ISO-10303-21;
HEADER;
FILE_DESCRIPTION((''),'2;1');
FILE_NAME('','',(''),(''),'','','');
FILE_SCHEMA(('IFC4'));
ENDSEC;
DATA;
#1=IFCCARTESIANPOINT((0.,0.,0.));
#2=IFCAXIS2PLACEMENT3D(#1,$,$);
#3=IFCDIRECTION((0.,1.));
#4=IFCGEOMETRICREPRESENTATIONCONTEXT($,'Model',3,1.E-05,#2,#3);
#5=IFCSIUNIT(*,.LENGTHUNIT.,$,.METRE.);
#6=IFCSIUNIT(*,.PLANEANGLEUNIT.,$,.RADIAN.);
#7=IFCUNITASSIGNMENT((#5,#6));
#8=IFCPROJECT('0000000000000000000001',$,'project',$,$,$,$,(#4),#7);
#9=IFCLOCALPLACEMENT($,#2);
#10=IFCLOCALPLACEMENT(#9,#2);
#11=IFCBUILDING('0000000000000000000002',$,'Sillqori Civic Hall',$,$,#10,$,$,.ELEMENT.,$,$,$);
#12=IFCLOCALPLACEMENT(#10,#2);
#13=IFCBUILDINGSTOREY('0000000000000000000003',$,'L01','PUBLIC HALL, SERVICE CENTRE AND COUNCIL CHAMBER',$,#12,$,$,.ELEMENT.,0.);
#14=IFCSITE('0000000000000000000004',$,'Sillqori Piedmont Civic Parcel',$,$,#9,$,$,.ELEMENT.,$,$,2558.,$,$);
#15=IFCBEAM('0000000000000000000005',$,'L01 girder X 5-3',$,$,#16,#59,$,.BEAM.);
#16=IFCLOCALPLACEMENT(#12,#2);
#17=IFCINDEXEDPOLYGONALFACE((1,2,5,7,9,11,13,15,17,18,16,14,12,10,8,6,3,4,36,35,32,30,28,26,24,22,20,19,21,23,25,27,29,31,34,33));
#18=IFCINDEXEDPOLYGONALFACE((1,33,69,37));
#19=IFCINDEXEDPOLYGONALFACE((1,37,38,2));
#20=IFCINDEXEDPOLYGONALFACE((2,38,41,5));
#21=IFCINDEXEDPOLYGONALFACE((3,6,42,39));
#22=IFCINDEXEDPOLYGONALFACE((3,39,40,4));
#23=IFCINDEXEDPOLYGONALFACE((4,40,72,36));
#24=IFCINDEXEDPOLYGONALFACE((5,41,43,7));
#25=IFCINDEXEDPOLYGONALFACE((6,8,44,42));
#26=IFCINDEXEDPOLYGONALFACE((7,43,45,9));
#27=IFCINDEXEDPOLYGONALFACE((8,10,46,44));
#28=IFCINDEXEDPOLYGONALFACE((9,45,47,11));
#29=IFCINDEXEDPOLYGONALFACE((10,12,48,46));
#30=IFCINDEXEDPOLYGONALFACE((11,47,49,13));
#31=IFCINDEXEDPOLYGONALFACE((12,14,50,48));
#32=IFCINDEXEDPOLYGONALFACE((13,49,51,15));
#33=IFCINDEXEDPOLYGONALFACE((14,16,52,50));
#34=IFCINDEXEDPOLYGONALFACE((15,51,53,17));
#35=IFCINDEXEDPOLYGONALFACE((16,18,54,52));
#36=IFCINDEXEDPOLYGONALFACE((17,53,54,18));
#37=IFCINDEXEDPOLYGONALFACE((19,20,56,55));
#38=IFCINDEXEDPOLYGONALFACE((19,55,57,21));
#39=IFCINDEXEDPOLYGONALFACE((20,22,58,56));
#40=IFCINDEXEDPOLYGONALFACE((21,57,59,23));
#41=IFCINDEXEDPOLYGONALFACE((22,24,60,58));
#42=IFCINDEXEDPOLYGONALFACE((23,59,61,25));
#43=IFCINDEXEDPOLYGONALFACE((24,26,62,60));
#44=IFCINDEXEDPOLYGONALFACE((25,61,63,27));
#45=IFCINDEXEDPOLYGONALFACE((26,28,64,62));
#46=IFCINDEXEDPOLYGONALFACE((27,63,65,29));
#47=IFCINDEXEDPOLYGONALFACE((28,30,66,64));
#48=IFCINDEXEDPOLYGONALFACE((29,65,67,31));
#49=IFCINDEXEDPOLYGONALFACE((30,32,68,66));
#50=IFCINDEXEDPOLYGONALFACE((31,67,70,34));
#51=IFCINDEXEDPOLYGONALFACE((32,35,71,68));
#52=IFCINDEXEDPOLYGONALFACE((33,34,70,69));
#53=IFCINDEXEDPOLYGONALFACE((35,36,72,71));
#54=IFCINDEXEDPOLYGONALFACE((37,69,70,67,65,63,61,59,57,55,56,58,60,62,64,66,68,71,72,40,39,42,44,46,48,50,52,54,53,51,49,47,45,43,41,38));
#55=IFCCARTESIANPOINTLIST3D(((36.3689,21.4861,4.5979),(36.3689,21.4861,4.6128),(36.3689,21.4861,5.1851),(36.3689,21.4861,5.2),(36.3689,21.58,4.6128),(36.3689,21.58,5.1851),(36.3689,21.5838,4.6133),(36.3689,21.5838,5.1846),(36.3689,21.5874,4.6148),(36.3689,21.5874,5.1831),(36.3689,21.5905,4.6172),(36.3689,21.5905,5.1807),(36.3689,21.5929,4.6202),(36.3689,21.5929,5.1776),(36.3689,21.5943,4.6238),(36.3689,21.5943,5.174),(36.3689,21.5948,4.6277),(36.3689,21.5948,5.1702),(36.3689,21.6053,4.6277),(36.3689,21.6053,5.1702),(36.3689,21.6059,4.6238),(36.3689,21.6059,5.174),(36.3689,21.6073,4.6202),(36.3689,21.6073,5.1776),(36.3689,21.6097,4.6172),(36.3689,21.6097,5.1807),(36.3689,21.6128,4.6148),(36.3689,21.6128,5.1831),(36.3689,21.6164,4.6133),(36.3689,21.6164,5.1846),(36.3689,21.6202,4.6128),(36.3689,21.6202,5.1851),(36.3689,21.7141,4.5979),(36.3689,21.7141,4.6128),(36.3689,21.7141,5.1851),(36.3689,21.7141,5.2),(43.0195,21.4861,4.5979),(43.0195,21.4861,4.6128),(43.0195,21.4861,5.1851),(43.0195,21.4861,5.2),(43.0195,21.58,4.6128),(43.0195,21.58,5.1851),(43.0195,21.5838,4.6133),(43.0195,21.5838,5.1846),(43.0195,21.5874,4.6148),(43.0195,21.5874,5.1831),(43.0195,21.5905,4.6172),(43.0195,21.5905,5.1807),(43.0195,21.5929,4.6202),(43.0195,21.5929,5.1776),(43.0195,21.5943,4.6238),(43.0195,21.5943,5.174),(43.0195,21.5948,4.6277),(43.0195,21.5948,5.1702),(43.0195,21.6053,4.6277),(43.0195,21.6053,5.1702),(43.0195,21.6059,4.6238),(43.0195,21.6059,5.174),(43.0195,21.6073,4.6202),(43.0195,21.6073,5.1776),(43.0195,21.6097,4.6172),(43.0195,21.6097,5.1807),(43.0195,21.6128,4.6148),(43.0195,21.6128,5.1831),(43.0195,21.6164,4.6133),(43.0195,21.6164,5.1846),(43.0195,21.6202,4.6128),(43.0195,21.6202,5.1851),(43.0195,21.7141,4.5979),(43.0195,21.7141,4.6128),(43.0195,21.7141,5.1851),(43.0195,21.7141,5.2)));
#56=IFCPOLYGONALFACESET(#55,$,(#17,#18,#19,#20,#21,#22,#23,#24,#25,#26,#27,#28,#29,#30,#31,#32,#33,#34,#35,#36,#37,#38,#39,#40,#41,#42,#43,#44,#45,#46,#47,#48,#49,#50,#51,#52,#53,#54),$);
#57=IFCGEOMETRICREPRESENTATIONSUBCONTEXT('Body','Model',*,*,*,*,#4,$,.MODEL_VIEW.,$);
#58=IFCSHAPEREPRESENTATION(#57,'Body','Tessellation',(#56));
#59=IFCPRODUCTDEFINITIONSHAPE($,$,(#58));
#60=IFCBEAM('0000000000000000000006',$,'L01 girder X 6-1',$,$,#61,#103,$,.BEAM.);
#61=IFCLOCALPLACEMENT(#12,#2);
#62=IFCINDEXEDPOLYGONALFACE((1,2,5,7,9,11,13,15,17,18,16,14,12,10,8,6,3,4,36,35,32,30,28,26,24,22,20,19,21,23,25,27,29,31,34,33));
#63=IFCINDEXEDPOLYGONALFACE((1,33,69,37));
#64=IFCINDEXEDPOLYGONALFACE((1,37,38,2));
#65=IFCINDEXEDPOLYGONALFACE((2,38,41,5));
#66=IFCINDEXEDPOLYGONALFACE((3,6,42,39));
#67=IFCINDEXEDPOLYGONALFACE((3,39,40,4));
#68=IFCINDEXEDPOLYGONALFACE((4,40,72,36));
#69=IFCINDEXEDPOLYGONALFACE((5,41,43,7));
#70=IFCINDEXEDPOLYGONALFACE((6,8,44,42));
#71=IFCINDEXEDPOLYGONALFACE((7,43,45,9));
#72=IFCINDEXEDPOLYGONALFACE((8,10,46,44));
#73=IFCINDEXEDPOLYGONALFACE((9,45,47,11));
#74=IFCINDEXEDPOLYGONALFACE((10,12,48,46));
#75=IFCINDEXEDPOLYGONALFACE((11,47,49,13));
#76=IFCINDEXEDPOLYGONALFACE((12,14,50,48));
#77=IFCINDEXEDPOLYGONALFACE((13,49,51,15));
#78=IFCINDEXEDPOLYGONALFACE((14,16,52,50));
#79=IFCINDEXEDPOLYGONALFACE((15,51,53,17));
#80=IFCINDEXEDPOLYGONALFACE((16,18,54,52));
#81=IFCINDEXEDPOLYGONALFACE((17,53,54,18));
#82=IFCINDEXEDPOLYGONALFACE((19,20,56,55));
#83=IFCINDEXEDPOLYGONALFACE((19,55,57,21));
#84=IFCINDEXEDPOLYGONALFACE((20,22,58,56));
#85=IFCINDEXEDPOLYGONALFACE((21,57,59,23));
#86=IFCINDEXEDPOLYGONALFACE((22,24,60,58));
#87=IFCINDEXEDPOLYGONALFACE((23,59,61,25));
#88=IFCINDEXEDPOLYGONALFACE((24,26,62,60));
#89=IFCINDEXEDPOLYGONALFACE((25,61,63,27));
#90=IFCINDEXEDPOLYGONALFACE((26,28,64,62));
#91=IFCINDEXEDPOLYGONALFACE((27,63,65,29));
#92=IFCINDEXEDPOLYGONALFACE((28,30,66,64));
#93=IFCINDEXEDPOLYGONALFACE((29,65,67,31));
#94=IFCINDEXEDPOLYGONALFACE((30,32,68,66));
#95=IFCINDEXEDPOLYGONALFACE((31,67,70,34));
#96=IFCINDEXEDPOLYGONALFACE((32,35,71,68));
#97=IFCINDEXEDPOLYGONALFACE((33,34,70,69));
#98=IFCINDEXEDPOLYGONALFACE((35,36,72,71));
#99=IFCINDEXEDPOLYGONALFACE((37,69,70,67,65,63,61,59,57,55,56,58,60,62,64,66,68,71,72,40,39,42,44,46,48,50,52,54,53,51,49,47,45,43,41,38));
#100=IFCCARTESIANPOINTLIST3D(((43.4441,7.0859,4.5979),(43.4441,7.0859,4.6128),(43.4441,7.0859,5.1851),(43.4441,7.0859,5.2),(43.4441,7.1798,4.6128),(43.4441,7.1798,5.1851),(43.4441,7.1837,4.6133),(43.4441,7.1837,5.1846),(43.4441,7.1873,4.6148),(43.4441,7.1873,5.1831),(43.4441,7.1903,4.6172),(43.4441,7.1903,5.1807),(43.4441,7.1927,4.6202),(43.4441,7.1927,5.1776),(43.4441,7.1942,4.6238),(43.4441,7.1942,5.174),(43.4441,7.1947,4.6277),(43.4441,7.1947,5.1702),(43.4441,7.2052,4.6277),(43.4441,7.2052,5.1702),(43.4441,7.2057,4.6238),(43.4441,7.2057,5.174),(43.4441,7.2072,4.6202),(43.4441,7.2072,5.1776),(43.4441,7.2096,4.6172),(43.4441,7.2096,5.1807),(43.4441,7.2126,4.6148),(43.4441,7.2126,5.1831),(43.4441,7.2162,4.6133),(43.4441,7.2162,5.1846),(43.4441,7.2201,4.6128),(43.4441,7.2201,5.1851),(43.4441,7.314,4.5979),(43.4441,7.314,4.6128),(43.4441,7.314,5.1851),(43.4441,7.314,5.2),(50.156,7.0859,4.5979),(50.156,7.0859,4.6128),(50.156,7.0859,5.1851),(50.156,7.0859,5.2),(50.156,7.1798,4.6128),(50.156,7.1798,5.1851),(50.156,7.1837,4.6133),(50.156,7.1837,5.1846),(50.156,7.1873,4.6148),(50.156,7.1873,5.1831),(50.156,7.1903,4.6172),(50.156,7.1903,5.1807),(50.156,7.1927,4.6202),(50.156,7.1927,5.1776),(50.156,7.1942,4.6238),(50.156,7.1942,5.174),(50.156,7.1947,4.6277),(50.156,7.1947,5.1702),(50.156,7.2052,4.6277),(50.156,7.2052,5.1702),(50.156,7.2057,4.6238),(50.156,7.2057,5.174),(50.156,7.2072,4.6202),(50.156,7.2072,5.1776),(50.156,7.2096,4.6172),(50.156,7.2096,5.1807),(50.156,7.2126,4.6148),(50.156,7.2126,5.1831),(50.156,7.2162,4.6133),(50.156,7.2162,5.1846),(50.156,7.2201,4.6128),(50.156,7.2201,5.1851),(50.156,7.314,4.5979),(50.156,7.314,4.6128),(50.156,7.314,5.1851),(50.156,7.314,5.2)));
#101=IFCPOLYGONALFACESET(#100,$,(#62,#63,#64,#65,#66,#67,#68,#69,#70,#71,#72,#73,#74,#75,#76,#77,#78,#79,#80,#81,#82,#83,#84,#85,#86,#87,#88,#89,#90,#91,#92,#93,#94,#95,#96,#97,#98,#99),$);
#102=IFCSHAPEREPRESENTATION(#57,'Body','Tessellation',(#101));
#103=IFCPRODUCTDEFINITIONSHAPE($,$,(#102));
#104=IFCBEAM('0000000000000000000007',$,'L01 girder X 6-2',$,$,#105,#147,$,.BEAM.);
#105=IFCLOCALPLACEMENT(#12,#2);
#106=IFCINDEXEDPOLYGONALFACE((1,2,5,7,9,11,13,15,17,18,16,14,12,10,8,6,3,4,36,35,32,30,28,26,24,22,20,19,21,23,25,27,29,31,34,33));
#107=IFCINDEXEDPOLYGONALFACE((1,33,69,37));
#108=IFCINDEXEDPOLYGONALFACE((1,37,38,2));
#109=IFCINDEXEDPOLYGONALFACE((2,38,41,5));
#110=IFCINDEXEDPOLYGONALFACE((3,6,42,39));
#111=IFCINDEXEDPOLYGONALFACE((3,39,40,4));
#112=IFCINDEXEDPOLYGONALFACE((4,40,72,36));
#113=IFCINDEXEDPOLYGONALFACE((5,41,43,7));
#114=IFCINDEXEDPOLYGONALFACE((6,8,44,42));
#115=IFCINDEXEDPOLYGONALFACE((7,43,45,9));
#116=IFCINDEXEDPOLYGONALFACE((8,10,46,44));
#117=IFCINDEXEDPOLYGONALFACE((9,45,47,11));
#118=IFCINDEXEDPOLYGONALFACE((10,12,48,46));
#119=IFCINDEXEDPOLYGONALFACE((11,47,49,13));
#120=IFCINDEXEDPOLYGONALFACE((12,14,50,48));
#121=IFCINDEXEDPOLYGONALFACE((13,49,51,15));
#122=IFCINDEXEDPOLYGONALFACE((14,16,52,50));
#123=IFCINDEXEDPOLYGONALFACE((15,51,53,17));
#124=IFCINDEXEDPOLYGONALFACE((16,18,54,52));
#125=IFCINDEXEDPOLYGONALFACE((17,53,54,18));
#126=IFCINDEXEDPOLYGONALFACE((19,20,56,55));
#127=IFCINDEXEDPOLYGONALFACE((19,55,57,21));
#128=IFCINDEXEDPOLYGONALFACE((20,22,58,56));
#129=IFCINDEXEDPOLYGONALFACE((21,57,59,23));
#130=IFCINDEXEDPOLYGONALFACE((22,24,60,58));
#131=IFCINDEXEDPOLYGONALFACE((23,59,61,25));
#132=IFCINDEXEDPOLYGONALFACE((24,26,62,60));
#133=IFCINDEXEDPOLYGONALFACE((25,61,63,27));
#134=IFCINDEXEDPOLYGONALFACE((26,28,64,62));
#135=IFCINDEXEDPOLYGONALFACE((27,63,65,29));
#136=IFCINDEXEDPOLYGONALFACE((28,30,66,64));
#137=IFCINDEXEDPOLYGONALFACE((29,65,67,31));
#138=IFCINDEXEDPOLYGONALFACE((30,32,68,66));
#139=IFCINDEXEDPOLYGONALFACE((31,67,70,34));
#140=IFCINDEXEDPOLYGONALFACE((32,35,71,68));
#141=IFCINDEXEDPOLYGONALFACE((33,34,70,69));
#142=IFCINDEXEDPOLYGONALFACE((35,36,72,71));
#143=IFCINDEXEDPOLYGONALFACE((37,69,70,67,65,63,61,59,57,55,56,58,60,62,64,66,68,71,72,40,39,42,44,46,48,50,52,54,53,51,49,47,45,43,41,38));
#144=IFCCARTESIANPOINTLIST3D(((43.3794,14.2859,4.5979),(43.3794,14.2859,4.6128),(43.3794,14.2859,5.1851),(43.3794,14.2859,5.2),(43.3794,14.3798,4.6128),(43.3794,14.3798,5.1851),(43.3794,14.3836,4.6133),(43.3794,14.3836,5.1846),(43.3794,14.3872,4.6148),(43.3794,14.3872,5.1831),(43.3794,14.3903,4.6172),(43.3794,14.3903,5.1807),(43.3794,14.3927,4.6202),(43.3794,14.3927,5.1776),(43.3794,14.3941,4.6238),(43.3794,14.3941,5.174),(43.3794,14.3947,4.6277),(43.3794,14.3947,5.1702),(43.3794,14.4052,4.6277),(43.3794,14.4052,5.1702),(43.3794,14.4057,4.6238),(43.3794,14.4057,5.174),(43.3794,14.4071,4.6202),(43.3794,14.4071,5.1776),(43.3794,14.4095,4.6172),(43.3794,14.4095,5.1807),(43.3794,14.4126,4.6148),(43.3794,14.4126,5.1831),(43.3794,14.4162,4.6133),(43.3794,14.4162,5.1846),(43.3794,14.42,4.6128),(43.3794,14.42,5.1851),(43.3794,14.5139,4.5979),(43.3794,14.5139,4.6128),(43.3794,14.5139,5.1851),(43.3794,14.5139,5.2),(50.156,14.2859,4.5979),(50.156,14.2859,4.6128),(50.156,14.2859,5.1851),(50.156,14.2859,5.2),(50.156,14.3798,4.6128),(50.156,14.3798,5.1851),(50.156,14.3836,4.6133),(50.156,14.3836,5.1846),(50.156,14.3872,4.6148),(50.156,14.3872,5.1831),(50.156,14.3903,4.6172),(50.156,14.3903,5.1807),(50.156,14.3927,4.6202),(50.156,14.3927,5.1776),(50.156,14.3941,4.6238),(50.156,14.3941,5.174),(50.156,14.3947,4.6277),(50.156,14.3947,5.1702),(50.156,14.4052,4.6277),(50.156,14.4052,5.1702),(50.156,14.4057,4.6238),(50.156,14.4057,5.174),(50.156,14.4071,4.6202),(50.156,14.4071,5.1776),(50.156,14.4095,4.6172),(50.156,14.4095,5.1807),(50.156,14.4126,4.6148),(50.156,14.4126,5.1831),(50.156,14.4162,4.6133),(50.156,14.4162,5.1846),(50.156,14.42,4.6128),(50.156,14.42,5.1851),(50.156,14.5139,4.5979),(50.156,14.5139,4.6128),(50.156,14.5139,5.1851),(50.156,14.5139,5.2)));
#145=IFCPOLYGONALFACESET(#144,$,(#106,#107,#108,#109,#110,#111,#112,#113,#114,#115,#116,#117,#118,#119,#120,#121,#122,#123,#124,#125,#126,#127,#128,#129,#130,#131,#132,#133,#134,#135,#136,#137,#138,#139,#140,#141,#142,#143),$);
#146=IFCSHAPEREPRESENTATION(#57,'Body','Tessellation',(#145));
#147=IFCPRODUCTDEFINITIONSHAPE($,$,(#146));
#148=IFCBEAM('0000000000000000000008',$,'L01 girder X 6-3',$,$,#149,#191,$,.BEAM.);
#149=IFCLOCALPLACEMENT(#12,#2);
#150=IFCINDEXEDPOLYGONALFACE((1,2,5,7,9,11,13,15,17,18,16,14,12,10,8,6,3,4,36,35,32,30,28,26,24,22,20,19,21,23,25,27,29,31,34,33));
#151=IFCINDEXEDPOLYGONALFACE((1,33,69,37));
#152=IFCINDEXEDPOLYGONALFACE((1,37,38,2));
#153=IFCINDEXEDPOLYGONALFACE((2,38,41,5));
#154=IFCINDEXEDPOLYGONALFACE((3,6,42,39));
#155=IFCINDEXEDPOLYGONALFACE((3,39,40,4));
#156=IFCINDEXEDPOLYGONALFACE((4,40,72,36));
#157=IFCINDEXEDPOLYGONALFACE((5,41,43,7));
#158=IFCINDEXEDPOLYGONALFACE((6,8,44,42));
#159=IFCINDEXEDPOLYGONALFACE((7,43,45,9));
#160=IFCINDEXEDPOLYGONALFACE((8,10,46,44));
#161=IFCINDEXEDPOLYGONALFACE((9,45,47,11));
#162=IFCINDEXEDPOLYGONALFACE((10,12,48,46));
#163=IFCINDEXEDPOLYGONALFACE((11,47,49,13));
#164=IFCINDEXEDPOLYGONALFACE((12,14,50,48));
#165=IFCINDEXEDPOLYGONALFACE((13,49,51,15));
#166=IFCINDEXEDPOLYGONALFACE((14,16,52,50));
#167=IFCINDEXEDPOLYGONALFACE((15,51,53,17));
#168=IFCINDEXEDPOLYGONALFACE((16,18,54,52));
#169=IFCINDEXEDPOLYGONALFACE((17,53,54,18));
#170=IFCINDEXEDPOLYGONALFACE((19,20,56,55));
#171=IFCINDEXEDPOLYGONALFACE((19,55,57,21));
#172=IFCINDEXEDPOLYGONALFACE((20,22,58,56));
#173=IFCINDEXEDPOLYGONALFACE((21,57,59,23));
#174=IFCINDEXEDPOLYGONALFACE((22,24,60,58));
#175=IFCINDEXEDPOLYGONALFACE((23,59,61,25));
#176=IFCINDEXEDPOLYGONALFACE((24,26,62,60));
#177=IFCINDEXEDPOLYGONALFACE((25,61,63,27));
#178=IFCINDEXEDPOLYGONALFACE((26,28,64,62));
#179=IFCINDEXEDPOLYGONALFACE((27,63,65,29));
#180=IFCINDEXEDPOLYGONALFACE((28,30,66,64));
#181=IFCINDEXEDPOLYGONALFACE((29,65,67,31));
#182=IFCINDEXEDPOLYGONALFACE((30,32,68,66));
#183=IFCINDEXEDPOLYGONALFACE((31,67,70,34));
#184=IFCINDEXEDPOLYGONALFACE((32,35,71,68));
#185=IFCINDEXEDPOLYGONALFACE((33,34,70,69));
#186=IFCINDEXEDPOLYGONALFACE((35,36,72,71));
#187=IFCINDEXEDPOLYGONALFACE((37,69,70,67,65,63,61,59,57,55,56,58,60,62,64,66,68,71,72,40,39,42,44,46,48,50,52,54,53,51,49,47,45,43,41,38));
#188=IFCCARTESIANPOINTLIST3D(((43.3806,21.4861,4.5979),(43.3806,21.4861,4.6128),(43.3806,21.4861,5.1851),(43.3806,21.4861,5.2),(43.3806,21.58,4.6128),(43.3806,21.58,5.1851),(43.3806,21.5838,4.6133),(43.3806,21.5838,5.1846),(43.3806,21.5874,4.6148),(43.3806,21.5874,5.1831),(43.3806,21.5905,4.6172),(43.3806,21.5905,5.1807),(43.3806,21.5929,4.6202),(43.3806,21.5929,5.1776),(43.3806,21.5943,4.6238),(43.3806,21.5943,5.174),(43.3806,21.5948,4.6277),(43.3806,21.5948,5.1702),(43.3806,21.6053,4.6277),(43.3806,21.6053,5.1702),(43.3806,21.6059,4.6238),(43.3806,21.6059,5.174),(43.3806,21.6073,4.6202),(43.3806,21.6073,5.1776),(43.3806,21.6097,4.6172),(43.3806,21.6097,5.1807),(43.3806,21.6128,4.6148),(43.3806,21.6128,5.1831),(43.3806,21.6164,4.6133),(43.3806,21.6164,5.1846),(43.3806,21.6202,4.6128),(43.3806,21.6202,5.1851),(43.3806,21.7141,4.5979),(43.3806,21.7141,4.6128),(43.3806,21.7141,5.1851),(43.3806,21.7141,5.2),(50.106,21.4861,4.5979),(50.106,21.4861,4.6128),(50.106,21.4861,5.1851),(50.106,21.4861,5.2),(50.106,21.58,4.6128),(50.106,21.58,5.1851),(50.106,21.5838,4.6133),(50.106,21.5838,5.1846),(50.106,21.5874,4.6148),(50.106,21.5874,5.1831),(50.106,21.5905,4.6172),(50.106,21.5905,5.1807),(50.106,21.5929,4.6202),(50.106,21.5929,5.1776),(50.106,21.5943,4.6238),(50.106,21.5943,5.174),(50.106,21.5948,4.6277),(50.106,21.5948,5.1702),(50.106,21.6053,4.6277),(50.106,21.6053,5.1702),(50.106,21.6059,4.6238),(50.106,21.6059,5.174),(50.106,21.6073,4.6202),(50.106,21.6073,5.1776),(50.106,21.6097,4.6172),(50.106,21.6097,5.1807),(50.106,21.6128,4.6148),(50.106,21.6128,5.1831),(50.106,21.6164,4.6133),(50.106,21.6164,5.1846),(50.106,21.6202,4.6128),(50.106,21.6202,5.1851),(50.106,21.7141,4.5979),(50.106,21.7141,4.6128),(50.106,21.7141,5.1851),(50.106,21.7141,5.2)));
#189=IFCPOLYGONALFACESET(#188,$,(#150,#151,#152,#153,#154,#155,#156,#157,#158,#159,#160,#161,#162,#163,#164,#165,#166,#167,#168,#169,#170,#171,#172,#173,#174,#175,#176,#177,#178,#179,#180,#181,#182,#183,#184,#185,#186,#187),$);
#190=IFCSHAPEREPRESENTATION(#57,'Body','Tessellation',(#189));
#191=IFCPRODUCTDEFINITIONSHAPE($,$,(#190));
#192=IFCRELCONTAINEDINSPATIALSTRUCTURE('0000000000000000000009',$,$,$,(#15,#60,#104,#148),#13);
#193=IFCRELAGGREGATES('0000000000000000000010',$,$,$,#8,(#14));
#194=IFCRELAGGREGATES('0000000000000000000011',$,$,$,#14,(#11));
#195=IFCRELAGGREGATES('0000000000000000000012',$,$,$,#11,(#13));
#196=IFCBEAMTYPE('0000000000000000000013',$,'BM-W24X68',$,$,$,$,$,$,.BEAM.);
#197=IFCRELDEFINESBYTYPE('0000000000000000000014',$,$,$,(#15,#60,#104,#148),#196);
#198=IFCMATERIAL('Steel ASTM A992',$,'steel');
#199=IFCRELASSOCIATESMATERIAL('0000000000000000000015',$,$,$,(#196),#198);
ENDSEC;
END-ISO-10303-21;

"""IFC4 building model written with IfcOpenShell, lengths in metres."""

from ifc_helpers import new_model, si_unit, direction, frame, origin, origin_2d, place, context, subcontext, project, spatial, i_section, extrude, material, material_profile, profile_set, type_object, element, save


model = new_model("IFC4")

# Units and contexts
model_context = context("Model", 3, precision=1e-05, world=origin(), true_north=direction((0.0, 1.0)))
body_context = subcontext(model_context, "Body", "Model", "MODEL_VIEW")
ifc_project = project(units=[si_unit("LENGTHUNIT", "METRE"), si_unit("PLANEANGLEUNIT", "RADIAN")], contexts=[model_context])

# Site, building, storey
site_placement = place(None, origin())
site = spatial("IfcSite", under=ifc_project, at=site_placement, Name="Sillqori Piedmont Civic Parcel", CompositionType="ELEMENT", RefElevation=2558.0)
building_placement = place(site_placement, origin())
building = spatial("IfcBuilding", under=site, at=building_placement, Name="Sillqori Civic Hall", CompositionType="ELEMENT")
storey_placement = place(building_placement, origin())
storey = spatial("IfcBuildingStorey", under=building, at=storey_placement, Name="L01", Description="PUBLIC HALL, SERVICE CENTRE AND COUNCIL CHAMBER", CompositionType="ELEMENT", Elevation=0.0)

# Shared definitions
ifc_material_1 = material(Name="Steel ASTM A992", Category="steel")

# Beams
ifc_material_profile_1 = material_profile(ifc_material_1, i_section(OverallWidth=0.228, OverallDepth=0.6021, WebThickness=0.0105, FlangeThickness=0.0149, FilletRadius=0.0149, at=origin_2d()), Name="W24X68")
ifc_profile_set_1 = profile_set([ifc_material_profile_1], Name="Steel ASTM A992")
beam_type_1 = type_object("IfcBeamType", Name="BM-W24X68", PredefinedType="BEAM", material=ifc_profile_set_1)
beam_1_placement = place(storey_placement, frame((36.3689, 21.6001, 4.8989), z_axis=(1.0, 0.0, 0.0), x_axis=(0.0, 1.0, 0.0)))
element("IfcBeam", 1, at=beam_1_placement, inside=storey, type_object=beam_type_1, Name="L01 girder X 5-3", PredefinedType="BEAM", context=body_context, shape_type="SweptSolid", body=[
    extrude(i_section(OverallWidth=0.228, OverallDepth=0.6021, WebThickness=0.0105, FlangeThickness=0.0149, FilletRadius=0.0149, at=origin_2d()), origin(), (0.0, 0.0, 1.0), 6.6506),
])
beam_2_placement = place(storey_placement, frame((43.4441, 7.2, 4.8989), z_axis=(1.0, 0.0, 0.0), x_axis=(0.0, 1.0, 0.0)))
element("IfcBeam", 2, at=beam_2_placement, inside=storey, type_object=beam_type_1, Name="L01 girder X 6-1", PredefinedType="BEAM", context=body_context, shape_type="SweptSolid", body=[
    extrude(i_section(OverallWidth=0.228, OverallDepth=0.6021, WebThickness=0.0105, FlangeThickness=0.0149, FilletRadius=0.0149, at=origin_2d()), origin(), (0.0, 0.0, 1.0), 6.7119),
])
beam_3_placement = place(storey_placement, frame((43.3794, 14.3999, 4.8989), z_axis=(1.0, 0.0, 0.0), x_axis=(0.0, 1.0, 0.0)))
element("IfcBeam", 3, at=beam_3_placement, inside=storey, type_object=beam_type_1, Name="L01 girder X 6-2", PredefinedType="BEAM", context=body_context, shape_type="SweptSolid", body=[
    extrude(i_section(OverallWidth=0.228, OverallDepth=0.6021, WebThickness=0.0105, FlangeThickness=0.0149, FilletRadius=0.0149, at=origin_2d()), origin(), (0.0, 0.0, 1.0), 6.7766),
])
beam_4_placement = place(storey_placement, frame((43.3806, 21.6001, 4.8989), z_axis=(1.0, 0.0, 0.0), x_axis=(0.0, 1.0, 0.0)))
element("IfcBeam", 4, at=beam_4_placement, inside=storey, type_object=beam_type_1, Name="L01 girder X 6-3", PredefinedType="BEAM", context=body_context, shape_type="SweptSolid", body=[
    extrude(i_section(OverallWidth=0.228, OverallDepth=0.6021, WebThickness=0.0105, FlangeThickness=0.0149, FilletRadius=0.0149, at=origin_2d()), origin(), (0.0, 0.0, 1.0), 6.7253),
])

save(model, "model.ifc")
